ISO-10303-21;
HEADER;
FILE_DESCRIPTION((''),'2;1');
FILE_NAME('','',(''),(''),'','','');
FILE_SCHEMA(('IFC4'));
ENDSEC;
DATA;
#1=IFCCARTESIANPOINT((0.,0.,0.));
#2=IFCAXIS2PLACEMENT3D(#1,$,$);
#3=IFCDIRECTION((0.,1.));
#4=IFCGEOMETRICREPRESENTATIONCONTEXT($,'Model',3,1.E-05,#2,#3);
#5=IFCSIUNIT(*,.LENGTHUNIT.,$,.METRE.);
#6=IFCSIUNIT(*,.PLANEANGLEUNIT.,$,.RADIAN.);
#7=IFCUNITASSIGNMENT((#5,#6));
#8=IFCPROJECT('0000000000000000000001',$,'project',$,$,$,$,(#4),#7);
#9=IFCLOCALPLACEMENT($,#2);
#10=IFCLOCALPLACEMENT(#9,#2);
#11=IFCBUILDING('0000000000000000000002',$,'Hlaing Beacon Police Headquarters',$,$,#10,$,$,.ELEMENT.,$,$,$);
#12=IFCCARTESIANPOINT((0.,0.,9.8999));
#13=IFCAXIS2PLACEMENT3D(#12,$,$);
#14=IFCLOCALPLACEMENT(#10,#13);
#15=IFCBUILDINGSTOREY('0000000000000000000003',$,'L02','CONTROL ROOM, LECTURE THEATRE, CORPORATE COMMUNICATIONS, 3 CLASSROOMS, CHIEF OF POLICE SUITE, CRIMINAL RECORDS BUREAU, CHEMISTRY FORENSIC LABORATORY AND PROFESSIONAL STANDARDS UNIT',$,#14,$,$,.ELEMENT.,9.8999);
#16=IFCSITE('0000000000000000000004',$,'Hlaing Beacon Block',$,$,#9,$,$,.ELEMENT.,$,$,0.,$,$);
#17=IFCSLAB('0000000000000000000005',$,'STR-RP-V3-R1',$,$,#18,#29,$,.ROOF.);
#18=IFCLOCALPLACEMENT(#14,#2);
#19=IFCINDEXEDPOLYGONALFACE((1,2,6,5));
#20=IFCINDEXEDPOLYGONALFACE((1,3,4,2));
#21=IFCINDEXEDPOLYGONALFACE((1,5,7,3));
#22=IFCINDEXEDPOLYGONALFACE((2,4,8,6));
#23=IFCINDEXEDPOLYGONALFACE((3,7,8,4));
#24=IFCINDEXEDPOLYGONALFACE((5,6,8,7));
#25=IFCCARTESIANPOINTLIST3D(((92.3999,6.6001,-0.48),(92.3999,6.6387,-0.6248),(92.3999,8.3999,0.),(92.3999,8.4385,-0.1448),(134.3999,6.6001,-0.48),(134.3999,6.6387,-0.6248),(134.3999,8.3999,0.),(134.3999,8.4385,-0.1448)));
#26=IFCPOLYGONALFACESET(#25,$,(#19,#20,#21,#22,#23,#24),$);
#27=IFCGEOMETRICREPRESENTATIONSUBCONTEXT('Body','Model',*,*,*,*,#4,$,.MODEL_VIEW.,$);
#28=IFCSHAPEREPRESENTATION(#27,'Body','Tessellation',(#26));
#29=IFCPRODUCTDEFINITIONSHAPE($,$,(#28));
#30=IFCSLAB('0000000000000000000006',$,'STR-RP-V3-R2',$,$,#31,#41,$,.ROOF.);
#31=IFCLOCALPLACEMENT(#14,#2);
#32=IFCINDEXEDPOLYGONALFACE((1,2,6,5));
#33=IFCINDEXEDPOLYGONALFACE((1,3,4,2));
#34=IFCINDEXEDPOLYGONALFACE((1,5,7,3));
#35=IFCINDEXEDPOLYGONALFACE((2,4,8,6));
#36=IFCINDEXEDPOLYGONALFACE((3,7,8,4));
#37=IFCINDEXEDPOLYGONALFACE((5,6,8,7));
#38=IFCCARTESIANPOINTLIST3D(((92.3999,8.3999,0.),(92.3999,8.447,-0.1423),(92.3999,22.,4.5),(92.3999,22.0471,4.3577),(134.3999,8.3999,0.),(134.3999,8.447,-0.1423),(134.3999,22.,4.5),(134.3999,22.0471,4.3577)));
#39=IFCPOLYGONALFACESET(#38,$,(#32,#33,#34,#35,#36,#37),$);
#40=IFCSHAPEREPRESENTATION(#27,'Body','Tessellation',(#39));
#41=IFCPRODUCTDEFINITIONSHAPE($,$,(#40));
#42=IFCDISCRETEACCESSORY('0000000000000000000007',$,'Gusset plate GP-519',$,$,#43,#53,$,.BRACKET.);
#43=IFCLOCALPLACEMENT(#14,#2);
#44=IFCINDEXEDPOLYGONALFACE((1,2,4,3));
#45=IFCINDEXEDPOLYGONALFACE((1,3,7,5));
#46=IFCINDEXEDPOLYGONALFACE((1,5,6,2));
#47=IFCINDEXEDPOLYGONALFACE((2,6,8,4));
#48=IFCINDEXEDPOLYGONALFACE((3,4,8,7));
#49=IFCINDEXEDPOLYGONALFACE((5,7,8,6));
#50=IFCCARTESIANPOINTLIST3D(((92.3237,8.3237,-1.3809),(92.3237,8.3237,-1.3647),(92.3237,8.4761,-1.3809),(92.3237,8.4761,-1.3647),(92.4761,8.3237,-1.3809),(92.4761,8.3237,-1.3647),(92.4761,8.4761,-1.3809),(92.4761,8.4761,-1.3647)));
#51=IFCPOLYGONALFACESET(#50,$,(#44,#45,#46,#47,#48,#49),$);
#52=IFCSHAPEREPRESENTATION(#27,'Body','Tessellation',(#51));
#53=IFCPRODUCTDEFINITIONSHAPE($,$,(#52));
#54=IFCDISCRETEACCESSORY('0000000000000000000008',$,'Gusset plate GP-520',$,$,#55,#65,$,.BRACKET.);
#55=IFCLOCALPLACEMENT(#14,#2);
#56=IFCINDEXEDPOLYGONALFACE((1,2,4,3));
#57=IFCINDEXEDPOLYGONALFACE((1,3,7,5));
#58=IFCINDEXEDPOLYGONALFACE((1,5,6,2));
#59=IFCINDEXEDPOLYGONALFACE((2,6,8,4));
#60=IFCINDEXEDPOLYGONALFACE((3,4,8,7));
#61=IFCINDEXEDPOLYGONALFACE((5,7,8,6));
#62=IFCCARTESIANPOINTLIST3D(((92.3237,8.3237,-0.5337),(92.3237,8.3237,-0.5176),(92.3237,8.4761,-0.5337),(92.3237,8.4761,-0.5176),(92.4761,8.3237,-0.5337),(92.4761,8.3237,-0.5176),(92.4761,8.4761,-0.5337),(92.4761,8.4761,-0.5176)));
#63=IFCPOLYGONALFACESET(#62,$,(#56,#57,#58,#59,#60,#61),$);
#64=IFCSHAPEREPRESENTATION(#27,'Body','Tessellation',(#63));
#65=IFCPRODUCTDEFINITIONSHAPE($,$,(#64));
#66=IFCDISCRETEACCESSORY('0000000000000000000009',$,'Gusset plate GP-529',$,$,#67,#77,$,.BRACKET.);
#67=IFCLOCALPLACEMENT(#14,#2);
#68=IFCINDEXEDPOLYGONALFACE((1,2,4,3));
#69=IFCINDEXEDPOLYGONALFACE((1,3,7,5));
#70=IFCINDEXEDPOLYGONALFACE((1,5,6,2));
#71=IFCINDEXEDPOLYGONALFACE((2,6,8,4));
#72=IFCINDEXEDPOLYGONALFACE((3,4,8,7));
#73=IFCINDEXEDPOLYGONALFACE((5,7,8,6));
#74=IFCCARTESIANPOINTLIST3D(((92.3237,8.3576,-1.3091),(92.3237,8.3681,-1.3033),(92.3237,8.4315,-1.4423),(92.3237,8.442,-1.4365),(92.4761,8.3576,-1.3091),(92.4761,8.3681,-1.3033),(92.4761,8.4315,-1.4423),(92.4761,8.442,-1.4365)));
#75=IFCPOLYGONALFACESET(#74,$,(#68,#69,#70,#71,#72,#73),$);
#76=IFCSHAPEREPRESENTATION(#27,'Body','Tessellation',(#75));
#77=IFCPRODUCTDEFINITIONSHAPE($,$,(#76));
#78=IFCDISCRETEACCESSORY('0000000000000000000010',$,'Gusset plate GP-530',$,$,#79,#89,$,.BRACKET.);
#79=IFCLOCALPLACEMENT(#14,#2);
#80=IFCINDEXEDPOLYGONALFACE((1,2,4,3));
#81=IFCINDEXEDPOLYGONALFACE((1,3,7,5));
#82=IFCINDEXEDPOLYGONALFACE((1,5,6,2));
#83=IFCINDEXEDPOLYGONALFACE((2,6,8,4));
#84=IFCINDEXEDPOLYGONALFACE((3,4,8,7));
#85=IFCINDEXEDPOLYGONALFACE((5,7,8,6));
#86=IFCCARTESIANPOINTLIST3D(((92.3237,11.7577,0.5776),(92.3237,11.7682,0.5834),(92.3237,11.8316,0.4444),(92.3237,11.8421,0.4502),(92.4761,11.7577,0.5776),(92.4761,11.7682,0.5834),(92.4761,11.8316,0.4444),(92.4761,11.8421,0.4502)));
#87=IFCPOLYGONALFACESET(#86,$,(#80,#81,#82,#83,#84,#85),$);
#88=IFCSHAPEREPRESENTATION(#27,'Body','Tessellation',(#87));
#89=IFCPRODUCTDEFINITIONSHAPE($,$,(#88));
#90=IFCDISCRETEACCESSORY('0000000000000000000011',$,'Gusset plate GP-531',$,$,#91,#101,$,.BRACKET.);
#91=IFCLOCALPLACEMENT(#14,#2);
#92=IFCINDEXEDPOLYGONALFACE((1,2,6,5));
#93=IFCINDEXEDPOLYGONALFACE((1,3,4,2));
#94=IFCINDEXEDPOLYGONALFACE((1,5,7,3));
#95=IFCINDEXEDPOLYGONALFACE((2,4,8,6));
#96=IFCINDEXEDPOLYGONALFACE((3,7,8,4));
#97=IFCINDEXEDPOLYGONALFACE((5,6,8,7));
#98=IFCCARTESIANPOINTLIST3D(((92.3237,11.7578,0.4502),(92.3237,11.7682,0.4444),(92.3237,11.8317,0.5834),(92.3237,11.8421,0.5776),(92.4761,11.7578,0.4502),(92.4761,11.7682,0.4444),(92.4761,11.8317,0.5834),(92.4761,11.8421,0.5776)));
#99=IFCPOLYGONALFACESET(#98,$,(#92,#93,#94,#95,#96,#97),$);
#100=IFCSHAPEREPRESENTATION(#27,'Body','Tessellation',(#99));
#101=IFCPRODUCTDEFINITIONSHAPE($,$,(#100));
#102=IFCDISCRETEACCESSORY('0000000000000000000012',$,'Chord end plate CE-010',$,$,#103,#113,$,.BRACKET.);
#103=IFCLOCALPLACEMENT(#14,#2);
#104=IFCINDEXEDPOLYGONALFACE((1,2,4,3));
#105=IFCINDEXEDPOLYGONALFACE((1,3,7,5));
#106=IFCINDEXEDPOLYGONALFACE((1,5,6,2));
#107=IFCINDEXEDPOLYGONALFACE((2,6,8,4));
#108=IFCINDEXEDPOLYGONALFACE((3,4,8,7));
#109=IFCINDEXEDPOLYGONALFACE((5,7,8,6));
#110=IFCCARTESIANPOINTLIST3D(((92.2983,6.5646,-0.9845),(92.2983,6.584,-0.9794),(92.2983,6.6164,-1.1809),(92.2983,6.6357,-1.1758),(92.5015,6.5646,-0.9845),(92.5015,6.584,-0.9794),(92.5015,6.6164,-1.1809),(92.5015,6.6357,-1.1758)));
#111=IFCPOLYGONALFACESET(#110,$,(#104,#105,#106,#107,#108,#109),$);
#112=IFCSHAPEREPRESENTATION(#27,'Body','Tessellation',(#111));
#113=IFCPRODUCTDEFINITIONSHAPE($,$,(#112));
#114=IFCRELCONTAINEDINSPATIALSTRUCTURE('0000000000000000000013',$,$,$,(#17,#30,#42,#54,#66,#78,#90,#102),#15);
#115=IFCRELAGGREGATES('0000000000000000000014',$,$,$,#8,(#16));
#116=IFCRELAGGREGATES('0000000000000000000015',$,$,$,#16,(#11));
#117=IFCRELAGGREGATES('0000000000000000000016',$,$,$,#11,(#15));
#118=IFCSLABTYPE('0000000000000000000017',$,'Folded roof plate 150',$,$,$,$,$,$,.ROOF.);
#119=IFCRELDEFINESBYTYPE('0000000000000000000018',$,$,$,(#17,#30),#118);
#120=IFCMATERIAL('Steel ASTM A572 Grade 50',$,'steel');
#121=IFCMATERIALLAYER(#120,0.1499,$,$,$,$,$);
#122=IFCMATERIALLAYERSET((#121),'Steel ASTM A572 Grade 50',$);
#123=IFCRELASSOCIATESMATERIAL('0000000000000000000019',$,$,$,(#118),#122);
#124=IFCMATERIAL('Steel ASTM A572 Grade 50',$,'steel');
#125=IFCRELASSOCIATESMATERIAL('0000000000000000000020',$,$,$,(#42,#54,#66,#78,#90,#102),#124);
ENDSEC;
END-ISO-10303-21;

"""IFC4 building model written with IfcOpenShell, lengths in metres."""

from ifc_helpers import new_model, si_unit, direction, frame, origin, origin_2d, place, context, subcontext, project, spatial, polyline, rectangle, outline, extrude, material, layer, layer_set, type_object, element, save


model = new_model("IFC4")

# Units and contexts
model_context = context("Model", 3, precision=1e-05, world=origin(), true_north=direction((0.0, 1.0)))
body_context = subcontext(model_context, "Body", "Model", "MODEL_VIEW")
ifc_project = project(units=[si_unit("LENGTHUNIT", "METRE"), si_unit("PLANEANGLEUNIT", "RADIAN")], contexts=[model_context])

# Site, building, storey
site_placement = place(None, origin())
site = spatial("IfcSite", under=ifc_project, at=site_placement, Name="Hlaing Beacon Block", CompositionType="ELEMENT", RefElevation=0.0)
building_placement = place(site_placement, origin())
building = spatial("IfcBuilding", under=site, at=building_placement, Name="Hlaing Beacon Police Headquarters", CompositionType="ELEMENT")
storey_placement = place(building_placement, frame((0.0, 0.0, 9.8999)))
storey = spatial("IfcBuildingStorey", under=building, at=storey_placement, Name="L02", Description="CONTROL ROOM, LECTURE THEATRE, CORPORATE COMMUNICATIONS, 3 CLASSROOMS, CHIEF OF POLICE SUITE, CRIMINAL RECORDS BUREAU, CHEMISTRY FORENSIC LABORATORY AND PROFESSIONAL STANDARDS UNIT", CompositionType="ELEMENT", Elevation=9.8999)

# Slabs
ifc_material_1 = material(Name="Steel ASTM A572 Grade 50", Category="steel")
ifc_layer = layer(ifc_material_1, 0.1499)
ifc_layer_set = layer_set([ifc_layer], Name="Steel ASTM A572 Grade 50")
slab_type = type_object("IfcSlabType", Name="Folded roof plate 150", PredefinedType="ROOF", material=ifc_layer_set)
slab_1_placement = place(storey_placement, frame((92.3999, 6.6001, -0.48), z_axis=(0.0, -0.257679, 0.966231), x_axis=(1.0, 0.0, 0.0)))
element("IfcSlab", 1, at=slab_1_placement, inside=storey, type_object=slab_type, Name="STR-RP-V3-R1", PredefinedType="ROOF", context=body_context, shape_type="SweptSolid", body=[
    extrude(outline(polyline([(0.0, 0.0), (42.0, 0.0), (42.0, 1.8627), (0.0, 1.8627), (0.0, 0.0)])), origin(), (0.0, 0.0, -1.0), 0.1499),
])
slab_2_placement = place(storey_placement, frame((92.3999, 8.3999, 0.0), z_axis=(0.0, -0.314131, 0.94938), x_axis=(1.0, 0.0, 0.0)))
element("IfcSlab", 2, at=slab_2_placement, inside=storey, type_object=slab_type, Name="STR-RP-V3-R2", PredefinedType="ROOF", context=body_context, shape_type="SweptSolid", body=[
    extrude(outline(polyline([(0.0, 0.0), (42.0, 0.0), (42.0, 14.3252), (0.0, 14.3252), (0.0, 0.0)])), origin(), (0.0, 0.0, -1.0), 0.1499),
])

# Discrete accessories
ifc_material_2 = material(Name="Steel ASTM A572 Grade 50", Category="steel")
for number, where, z_axis, x_axis, name in (
    (3, (92.3999, 8.3999, -1.3647), (0.0, 0.0, -1.0), (1.0, 0.0, 0.0), "Gusset plate GP-519"),
    (4, (92.3999, 8.3999, -0.5337), (0.0, 0.0, 1.0), (1.0, 0.0, 0.0), "Gusset plate GP-520"),
):
    element("IfcDiscreteAccessory", number, at=place(storey_placement, frame(where, z_axis=z_axis, x_axis=x_axis)), inside=storey, material=ifc_material_2, Name=name, PredefinedType="BRACKET", context=body_context, shape_type="SweptSolid", body=[
        extrude(rectangle(XDim=0.1523, YDim=0.1523, at=origin_2d()), origin(), (0.0, 0.0, 1.0), 0.0161),
    ])
for number, where, z_axis, x_axis, name in (
    (5, (92.3999, 8.405, -1.3699), (0.0, -0.874403, -0.4852), (1.0, 0.0, 0.0), "Gusset plate GP-529"),
    (6, (92.3999, 11.7947, 0.511), (0.0, 0.874403, 0.4852), (-1.0, 0.0, 0.0), "Gusset plate GP-530"),
    (7, (92.3999, 11.8052, 0.511), (0.0, -0.874388, 0.485227), (1.0, 0.0, 0.0), "Gusset plate GP-531"),
):
    element("IfcDiscreteAccessory", number, at=place(storey_placement, frame(where, z_axis=z_axis, x_axis=x_axis)), inside=storey, material=ifc_material_2, Name=name, PredefinedType="BRACKET", context=body_context, shape_type="SweptSolid", body=[
        extrude(rectangle(XDim=0.1523, YDim=0.1523, at=origin_2d()), origin(), (0.0, 0.0, 1.0), 0.012),
    ])
discrete_accessory_placement = place(storey_placement, frame((92.3999, 6.6099, -1.0776), z_axis=(0.0, -0.966978, -0.254861), x_axis=(1.0, 0.0, 0.0)))
element("IfcDiscreteAccessory", 8, at=discrete_accessory_placement, inside=storey, material=ifc_material_2, Name="Chord end plate CE-010", PredefinedType="BRACKET", context=body_context, shape_type="SweptSolid", body=[
    extrude(rectangle(XDim=0.2031, YDim=0.2031, at=origin_2d()), origin(), (0.0, 0.0, 1.0), 0.02),
])

save(model, "model.ifc")
